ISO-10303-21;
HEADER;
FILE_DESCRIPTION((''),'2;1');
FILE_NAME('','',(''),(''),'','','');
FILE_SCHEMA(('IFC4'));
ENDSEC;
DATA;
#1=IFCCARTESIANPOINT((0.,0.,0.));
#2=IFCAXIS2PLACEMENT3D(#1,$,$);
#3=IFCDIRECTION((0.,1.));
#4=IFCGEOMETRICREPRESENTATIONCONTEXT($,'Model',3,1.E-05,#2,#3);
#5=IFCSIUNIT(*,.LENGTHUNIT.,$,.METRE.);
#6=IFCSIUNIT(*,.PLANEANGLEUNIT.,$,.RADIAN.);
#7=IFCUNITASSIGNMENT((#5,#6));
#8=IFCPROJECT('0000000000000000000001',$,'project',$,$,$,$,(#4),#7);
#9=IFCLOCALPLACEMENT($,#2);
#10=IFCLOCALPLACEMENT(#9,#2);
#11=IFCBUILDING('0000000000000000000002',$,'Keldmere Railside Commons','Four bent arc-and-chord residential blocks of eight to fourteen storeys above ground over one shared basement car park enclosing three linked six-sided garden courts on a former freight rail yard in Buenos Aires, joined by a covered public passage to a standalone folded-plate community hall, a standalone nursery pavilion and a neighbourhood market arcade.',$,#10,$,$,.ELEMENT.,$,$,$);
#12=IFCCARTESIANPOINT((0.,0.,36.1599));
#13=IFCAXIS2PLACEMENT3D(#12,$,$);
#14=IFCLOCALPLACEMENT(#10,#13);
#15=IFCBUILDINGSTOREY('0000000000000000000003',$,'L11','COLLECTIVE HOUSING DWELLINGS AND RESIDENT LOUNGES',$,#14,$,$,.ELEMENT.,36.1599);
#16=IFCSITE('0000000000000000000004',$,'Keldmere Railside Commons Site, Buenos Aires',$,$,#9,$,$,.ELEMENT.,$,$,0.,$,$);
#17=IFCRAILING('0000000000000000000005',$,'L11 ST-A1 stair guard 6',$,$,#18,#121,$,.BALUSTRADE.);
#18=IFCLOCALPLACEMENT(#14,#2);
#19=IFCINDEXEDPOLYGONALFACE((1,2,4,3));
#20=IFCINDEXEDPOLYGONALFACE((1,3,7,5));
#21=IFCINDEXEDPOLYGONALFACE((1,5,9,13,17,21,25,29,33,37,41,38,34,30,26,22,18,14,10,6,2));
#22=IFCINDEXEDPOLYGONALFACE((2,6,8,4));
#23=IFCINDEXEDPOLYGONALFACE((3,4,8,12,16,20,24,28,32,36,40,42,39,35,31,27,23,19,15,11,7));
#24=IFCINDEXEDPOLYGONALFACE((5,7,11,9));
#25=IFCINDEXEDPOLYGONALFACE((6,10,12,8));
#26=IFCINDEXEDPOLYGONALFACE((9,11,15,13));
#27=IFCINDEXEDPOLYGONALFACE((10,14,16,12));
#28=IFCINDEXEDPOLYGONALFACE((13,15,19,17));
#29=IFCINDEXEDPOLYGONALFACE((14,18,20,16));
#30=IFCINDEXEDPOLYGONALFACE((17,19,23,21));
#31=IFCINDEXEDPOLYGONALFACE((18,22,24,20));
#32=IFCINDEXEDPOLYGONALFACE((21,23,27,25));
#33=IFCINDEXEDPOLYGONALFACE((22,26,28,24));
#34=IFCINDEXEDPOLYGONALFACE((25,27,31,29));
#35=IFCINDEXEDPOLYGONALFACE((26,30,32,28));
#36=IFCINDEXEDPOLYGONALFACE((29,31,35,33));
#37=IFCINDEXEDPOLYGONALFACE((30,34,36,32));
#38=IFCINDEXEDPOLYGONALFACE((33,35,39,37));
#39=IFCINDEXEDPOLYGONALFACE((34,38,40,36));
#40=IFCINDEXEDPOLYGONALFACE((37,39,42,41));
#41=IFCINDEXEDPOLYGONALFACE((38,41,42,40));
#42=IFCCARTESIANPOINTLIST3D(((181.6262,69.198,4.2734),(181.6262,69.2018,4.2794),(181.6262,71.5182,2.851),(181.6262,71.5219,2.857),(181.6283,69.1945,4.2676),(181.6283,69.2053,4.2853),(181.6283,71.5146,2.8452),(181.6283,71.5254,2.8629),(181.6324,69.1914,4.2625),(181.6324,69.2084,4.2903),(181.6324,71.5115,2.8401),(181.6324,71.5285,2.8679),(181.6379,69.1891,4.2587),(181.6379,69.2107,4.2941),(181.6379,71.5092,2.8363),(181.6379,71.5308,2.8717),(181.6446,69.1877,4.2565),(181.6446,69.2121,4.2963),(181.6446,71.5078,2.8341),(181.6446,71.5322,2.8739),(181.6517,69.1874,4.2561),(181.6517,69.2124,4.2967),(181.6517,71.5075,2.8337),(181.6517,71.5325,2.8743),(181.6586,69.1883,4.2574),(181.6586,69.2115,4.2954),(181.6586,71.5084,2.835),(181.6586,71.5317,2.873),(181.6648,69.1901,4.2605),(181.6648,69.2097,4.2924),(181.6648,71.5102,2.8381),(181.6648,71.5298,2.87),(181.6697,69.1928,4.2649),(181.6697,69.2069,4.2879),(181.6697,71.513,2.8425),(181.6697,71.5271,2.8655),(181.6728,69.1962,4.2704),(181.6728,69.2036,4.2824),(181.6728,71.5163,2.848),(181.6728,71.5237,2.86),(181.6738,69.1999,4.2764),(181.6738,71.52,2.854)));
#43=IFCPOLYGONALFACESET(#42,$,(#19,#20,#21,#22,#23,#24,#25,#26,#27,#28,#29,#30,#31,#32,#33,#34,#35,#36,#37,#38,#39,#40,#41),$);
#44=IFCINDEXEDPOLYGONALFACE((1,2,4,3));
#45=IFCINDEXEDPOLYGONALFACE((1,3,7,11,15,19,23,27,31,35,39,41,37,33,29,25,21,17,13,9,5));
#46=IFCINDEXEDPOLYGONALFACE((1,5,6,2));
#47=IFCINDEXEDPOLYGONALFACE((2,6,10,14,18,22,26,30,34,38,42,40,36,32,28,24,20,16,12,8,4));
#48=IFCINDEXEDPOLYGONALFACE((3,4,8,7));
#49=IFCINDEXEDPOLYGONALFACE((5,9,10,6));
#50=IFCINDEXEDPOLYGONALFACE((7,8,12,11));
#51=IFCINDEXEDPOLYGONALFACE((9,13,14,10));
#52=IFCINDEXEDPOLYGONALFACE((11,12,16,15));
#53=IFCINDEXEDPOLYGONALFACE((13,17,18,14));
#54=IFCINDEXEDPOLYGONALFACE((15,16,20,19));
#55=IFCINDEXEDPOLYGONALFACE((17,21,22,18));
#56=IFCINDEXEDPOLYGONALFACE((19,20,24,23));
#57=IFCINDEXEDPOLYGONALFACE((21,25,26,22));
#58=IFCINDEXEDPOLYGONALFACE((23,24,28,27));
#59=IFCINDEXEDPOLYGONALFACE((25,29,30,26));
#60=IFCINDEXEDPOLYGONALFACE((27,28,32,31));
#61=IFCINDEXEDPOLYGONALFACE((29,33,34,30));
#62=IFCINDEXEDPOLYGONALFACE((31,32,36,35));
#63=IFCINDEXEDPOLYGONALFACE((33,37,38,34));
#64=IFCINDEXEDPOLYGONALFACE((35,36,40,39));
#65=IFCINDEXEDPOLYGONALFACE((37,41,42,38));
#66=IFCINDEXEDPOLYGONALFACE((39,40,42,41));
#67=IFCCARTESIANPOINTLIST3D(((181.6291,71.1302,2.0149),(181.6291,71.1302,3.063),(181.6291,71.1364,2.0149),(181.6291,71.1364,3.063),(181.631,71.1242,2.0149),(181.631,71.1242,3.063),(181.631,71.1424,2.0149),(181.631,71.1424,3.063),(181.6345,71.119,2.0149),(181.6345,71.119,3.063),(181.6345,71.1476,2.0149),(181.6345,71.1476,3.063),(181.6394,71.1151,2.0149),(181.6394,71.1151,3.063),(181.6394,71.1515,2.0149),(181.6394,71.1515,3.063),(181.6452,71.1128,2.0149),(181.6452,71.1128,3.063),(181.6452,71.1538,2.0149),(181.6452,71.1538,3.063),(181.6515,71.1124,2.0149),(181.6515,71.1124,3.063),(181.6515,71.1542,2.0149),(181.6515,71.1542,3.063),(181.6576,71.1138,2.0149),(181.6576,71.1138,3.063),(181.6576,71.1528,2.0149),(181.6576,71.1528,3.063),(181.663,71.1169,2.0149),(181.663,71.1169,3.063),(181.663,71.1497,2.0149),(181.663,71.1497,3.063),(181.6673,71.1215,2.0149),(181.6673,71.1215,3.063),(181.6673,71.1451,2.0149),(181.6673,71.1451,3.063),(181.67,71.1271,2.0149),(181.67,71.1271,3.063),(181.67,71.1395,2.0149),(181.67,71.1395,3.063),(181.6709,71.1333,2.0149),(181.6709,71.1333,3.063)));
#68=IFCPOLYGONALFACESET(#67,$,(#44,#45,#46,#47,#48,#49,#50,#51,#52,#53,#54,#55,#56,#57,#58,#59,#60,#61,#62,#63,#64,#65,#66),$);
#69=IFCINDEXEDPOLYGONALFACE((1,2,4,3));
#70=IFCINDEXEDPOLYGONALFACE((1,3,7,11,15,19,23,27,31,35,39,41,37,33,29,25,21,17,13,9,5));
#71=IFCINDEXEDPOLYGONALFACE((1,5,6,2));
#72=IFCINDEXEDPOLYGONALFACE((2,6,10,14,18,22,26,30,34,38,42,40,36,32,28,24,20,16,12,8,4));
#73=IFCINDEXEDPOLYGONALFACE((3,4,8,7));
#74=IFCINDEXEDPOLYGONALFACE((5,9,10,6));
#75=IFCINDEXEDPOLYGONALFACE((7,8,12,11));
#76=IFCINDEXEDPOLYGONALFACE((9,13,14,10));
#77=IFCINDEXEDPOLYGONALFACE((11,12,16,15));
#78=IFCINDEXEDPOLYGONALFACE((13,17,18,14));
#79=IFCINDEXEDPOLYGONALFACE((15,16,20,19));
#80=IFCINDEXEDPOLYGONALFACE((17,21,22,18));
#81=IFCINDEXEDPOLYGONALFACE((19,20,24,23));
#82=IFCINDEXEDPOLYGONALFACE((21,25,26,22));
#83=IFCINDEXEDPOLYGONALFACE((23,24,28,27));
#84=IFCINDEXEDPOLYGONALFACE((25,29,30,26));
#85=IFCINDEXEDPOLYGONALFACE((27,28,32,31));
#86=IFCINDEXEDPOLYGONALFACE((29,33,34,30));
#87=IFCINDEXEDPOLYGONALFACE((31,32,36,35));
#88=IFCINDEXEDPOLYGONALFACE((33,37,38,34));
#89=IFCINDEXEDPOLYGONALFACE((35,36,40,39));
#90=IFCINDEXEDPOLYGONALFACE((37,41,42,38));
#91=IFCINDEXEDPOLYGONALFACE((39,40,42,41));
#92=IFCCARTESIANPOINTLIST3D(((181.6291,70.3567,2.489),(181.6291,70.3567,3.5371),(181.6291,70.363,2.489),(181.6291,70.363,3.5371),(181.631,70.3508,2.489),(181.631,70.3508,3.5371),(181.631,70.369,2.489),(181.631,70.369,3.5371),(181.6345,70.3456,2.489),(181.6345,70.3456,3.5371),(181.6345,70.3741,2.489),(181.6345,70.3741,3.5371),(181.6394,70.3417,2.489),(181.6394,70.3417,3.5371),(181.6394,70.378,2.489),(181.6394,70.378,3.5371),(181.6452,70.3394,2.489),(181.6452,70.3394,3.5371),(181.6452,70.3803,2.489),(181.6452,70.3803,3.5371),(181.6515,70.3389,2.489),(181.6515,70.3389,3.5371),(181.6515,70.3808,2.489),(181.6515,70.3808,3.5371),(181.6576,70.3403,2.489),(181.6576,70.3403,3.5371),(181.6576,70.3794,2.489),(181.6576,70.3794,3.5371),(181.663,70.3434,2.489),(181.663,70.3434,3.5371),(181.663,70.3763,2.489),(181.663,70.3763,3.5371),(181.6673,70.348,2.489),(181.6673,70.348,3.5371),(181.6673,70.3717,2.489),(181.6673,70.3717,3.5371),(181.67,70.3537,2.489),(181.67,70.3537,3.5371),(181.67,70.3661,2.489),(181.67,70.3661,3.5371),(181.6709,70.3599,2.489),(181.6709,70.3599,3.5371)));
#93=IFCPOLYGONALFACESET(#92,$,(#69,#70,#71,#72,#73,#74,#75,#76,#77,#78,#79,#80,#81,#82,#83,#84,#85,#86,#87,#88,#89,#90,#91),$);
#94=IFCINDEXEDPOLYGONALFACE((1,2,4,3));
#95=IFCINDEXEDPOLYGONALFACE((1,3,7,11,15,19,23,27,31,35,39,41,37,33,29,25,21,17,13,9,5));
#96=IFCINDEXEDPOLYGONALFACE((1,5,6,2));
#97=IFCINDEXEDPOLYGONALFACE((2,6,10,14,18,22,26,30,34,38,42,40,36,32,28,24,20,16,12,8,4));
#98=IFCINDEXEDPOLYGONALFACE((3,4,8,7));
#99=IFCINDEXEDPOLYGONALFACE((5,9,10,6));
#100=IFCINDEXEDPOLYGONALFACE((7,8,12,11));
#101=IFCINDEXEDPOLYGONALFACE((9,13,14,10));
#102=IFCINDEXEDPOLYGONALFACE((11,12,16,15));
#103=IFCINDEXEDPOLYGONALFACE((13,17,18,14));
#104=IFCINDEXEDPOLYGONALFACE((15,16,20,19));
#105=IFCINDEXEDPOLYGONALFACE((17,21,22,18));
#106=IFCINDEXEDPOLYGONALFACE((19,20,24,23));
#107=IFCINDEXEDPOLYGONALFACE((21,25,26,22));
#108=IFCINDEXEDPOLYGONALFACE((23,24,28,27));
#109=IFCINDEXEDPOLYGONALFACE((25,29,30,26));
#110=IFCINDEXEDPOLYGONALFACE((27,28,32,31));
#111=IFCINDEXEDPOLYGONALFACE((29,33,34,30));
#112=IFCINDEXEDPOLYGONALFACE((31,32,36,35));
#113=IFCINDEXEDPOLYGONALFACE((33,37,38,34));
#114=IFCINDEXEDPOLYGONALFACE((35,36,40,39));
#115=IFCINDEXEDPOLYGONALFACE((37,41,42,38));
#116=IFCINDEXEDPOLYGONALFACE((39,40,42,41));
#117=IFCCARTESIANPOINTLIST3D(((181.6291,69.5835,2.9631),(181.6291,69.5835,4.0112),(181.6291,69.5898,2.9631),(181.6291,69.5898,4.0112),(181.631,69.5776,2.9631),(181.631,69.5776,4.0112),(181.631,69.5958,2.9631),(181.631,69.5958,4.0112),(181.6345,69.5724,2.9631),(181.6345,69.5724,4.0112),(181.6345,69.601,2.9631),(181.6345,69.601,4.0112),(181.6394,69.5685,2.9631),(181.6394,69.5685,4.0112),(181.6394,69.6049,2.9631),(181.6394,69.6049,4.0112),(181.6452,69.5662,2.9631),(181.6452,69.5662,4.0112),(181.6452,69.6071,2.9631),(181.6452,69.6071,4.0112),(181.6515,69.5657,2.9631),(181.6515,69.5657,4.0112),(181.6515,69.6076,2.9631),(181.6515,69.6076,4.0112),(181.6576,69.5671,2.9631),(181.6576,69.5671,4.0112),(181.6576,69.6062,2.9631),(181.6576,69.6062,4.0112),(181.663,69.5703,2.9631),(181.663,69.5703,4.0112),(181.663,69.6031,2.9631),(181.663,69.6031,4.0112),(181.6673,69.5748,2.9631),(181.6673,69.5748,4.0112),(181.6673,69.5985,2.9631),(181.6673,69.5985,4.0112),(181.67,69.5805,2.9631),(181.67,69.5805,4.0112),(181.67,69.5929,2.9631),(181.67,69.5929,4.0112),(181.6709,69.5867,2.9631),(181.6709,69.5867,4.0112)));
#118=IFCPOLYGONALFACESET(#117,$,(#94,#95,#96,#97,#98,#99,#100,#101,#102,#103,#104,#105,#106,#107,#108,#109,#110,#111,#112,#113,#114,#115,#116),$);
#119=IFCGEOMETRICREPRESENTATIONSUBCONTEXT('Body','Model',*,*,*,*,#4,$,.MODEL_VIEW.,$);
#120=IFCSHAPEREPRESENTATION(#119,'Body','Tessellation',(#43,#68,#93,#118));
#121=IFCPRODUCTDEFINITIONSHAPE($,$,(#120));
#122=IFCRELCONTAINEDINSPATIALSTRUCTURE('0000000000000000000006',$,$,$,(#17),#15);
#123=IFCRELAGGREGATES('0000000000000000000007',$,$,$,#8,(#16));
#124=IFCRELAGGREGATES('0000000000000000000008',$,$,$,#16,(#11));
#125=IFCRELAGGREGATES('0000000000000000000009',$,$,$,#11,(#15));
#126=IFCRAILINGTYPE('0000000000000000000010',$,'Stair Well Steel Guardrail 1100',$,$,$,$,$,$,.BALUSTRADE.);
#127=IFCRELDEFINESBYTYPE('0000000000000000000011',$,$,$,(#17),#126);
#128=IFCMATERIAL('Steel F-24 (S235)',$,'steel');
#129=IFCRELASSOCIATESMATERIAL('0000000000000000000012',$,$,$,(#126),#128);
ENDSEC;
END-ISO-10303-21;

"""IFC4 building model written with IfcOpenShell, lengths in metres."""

from ifc_helpers import new_model, si_unit, direction, frame, origin, origin_2d, place, context, subcontext, project, spatial, circle, extrude, material, type_object, element, save


model = new_model("IFC4")

# Units and contexts
model_context = context("Model", 3, precision=1e-05, world=origin(), true_north=direction((0.0, 1.0)))
body_context = subcontext(model_context, "Body", "Model", "MODEL_VIEW")
ifc_project = project(units=[si_unit("LENGTHUNIT", "METRE"), si_unit("PLANEANGLEUNIT", "RADIAN")], contexts=[model_context])

# Site, building, storey
site_placement = place(None, origin())
site = spatial("IfcSite", under=ifc_project, at=site_placement, Name="Keldmere Railside Commons Site, Buenos Aires", CompositionType="ELEMENT", RefElevation=0.0)
building_placement = place(site_placement, origin())
building = spatial("IfcBuilding", under=site, at=building_placement, Name="Keldmere Railside Commons", Description="Four bent arc-and-chord residential blocks of eight to fourteen storeys above ground over one shared basement car park enclosing three linked six-sided garden courts on a former freight rail yard in Buenos Aires, joined by a covered public passage to a standalone folded-plate community hall, a standalone nursery pavilion and a neighbourhood market arcade.", CompositionType="ELEMENT")
storey_placement = place(building_placement, frame((0.0, 0.0, 36.1599)))
storey = spatial("IfcBuildingStorey", under=building, at=storey_placement, Name="L11", Description="COLLECTIVE HOUSING DWELLINGS AND RESIDENT LOUNGES", CompositionType="ELEMENT", Elevation=36.1599)

# Shared definitions
ifc_material_1 = material(Name="Steel F-24 (S235)", Category="steel")

# Railing
railing_type_1 = type_object("IfcRailingType", Name="Stair Well Steel Guardrail 1100", PredefinedType="BALUSTRADE", material=ifc_material_1)
railing_1_placement = place(storey_placement, frame((181.6499, 71.52, 1.7778)))
element("IfcRailing", 1, at=railing_1_placement, inside=storey, type_object=railing_type_1, Name="L11 ST-A1 stair guard 6", PredefinedType="BALUSTRADE", context=body_context, shape_type="SweptSolid", body=[
    extrude(circle(Radius=0.0239, at=origin_2d()), frame((0.0, 0.0, 1.0762), z_axis=(0.0, -0.852538, 0.522665), x_axis=(1.0, 0.0, 0.0)), (0.0, 0.0, 1.0), 2.7214),
    extrude(circle(Radius=0.021, at=origin_2d()), frame((0.0, -0.3867, 0.2371)), (0.0, 0.0, 1.0), 1.0481),
    extrude(circle(Radius=0.021, at=origin_2d()), frame((0.0, -1.1602, 0.7112)), (0.0, 0.0, 1.0), 1.0481),
    extrude(circle(Radius=0.021, at=origin_2d()), frame((0.0, -1.9333, 1.1853)), (0.0, 0.0, 1.0), 1.0481),
])

save(model, "model.ifc")
